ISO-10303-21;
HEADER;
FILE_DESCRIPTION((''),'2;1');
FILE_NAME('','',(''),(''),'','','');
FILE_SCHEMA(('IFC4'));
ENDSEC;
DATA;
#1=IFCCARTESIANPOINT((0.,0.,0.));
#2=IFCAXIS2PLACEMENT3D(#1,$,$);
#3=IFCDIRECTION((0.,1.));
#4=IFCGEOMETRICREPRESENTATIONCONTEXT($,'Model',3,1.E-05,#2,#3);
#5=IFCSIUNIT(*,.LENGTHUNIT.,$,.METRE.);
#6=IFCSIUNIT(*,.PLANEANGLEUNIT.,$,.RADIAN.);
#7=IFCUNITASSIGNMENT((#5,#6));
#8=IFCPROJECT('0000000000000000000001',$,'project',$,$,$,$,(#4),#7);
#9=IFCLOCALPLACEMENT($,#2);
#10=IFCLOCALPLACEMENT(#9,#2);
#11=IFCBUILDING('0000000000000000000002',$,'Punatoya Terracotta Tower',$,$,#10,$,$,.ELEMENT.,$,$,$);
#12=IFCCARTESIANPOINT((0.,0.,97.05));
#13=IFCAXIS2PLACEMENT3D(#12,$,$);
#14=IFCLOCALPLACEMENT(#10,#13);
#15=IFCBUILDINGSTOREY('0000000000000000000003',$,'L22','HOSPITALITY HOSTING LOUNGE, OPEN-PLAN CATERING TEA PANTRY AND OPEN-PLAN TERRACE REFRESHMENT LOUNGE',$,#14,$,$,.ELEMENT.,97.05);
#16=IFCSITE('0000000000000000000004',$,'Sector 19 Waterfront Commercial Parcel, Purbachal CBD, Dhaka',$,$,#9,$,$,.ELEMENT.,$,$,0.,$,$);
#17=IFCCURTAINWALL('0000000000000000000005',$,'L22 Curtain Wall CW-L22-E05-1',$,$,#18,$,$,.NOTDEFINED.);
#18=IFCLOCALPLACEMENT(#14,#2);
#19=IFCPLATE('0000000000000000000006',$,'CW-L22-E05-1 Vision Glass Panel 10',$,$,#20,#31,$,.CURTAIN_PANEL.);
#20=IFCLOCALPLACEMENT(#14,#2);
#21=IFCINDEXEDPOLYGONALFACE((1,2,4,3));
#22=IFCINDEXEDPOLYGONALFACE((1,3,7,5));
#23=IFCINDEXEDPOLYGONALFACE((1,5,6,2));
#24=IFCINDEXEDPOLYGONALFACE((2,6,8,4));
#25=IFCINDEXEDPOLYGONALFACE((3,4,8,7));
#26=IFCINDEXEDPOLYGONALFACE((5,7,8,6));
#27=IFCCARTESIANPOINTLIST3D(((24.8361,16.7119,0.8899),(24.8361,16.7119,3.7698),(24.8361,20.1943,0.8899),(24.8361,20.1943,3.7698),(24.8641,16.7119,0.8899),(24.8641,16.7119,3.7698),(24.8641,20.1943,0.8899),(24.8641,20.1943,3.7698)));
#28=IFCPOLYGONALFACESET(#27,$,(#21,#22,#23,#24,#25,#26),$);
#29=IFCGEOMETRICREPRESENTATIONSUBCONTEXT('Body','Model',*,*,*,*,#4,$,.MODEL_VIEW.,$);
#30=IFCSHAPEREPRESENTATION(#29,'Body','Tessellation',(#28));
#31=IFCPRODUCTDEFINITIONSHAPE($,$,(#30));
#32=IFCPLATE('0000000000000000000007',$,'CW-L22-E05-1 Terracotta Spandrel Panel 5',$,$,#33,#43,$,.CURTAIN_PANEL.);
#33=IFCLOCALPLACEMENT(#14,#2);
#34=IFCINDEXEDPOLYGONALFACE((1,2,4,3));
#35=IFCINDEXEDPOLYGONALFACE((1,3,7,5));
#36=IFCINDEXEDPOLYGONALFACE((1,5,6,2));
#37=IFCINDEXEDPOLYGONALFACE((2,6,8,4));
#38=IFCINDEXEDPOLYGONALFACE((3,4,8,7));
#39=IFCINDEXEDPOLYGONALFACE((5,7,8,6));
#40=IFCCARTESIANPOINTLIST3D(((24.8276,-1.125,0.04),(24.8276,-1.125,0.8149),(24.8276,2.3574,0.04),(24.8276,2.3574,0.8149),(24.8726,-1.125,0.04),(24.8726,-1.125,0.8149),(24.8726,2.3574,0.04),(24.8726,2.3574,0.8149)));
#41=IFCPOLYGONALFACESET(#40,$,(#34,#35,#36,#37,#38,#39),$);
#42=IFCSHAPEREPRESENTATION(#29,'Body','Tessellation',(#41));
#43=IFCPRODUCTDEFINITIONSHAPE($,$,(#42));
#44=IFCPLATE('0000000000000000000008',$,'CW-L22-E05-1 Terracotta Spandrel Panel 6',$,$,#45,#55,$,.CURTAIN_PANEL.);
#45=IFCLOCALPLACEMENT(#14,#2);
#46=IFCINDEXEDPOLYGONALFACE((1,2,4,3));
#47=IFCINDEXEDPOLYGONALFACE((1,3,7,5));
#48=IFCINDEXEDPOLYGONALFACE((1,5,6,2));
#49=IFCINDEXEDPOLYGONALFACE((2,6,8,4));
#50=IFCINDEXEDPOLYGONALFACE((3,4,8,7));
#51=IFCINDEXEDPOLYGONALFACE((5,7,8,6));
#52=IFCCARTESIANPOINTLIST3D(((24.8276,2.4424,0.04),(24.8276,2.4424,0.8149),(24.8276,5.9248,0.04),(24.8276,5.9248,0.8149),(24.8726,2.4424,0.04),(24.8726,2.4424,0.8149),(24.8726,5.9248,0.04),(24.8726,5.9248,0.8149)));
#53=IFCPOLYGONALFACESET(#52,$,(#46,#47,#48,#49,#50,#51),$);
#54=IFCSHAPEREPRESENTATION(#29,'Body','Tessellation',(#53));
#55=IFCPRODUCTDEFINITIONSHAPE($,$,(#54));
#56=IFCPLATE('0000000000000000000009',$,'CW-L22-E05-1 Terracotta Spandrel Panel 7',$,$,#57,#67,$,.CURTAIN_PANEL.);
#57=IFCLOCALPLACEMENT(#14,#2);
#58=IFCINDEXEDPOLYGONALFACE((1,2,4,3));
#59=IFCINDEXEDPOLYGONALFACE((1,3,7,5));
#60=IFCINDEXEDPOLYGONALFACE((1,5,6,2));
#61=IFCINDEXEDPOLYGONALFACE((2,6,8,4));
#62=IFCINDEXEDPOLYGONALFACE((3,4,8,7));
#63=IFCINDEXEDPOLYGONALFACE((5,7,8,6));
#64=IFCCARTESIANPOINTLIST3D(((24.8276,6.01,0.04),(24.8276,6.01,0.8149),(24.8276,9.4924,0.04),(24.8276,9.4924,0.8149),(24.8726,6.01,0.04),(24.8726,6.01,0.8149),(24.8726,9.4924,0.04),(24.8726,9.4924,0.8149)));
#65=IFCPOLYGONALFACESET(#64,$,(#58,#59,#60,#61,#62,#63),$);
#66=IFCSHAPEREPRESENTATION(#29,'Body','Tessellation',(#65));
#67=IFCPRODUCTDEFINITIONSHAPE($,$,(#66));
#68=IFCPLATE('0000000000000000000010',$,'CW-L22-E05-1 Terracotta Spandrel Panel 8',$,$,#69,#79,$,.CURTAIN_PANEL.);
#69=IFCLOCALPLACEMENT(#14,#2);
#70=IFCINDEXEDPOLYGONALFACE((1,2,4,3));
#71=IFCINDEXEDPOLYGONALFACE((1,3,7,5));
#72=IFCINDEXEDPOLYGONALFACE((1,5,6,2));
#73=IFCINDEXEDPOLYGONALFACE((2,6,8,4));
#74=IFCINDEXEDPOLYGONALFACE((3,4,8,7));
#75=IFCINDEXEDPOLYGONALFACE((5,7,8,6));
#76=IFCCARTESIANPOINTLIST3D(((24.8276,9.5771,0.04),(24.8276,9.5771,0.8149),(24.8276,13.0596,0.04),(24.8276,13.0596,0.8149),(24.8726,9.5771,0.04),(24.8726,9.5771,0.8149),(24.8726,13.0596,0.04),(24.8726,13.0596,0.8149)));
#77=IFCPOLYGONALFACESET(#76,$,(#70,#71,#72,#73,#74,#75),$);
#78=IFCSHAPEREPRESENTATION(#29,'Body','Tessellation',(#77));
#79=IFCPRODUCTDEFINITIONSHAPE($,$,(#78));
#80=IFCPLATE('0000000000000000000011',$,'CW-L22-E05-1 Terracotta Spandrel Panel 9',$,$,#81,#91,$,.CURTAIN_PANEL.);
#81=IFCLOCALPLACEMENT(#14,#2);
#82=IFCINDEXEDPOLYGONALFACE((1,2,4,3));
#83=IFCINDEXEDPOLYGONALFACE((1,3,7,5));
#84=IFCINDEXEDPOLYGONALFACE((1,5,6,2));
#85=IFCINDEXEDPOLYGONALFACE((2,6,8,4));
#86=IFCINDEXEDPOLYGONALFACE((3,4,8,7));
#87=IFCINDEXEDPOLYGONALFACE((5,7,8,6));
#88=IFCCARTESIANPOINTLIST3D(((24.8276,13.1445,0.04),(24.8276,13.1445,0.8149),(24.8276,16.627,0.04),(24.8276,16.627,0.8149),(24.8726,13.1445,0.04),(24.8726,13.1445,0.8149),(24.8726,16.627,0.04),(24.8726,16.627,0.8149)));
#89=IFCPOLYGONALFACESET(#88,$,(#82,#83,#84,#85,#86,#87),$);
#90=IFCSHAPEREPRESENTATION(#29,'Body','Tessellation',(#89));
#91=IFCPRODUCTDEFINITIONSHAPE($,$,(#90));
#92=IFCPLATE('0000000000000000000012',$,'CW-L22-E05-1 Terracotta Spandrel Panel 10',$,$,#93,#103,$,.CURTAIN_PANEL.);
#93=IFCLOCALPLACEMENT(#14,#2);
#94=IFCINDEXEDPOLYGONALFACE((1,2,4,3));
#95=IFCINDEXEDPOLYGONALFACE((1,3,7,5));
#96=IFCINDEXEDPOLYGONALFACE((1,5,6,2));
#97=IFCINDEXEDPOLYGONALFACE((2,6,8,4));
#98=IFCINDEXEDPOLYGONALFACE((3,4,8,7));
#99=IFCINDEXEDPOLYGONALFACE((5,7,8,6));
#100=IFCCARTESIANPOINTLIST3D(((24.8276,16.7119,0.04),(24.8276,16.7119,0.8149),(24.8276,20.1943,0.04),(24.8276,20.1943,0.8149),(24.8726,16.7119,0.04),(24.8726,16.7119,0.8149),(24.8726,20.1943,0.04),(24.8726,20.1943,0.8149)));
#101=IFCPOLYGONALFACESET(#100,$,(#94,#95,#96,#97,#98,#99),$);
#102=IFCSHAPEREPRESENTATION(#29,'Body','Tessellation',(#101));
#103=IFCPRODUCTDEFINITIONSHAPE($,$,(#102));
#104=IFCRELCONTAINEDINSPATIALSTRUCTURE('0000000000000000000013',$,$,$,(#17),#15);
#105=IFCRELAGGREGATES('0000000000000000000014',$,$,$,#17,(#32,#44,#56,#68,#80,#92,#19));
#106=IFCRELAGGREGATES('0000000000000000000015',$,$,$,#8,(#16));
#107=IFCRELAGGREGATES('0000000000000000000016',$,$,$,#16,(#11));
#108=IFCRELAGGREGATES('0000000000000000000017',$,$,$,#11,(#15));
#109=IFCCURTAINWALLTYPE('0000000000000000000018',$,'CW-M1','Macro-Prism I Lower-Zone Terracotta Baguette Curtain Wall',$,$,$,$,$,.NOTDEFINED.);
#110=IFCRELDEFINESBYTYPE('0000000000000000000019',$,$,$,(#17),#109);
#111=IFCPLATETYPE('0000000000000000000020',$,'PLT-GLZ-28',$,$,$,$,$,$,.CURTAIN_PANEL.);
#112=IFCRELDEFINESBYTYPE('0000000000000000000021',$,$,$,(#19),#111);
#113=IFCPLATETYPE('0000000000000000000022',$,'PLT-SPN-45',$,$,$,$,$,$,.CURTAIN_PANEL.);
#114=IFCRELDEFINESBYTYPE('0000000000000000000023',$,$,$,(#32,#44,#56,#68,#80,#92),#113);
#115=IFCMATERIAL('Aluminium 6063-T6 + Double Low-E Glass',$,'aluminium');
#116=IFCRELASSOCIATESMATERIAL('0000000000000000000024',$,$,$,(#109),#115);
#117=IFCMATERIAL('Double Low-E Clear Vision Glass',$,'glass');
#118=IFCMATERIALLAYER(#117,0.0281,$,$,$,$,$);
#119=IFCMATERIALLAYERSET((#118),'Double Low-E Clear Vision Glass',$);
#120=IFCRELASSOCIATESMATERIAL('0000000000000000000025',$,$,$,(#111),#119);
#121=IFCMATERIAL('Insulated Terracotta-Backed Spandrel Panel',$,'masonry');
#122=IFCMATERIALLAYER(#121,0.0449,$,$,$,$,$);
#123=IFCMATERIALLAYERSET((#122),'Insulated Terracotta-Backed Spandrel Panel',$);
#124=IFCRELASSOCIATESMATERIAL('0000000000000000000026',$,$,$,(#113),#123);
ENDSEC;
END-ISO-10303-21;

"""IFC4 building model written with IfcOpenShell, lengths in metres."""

from ifc_helpers import new_model, si_unit, direction, frame, origin, origin_2d, place, context, subcontext, project, spatial, rectangle, extrude, material, layer, layer_set, type_object, element, aggregate, save


model = new_model("IFC4")

# Units and contexts
model_context = context("Model", 3, precision=1e-05, world=origin(), true_north=direction((0.0, 1.0)))
body_context = subcontext(model_context, "Body", "Model", "MODEL_VIEW")
ifc_project = project(units=[si_unit("LENGTHUNIT", "METRE"), si_unit("PLANEANGLEUNIT", "RADIAN")], contexts=[model_context])

# Site, building, storey
site_placement = place(None, origin())
site = spatial("IfcSite", under=ifc_project, at=site_placement, Name="Sector 19 Waterfront Commercial Parcel, Purbachal CBD, Dhaka", CompositionType="ELEMENT", RefElevation=0.0)
building_placement = place(site_placement, origin())
building = spatial("IfcBuilding", under=site, at=building_placement, Name="Punatoya Terracotta Tower", CompositionType="ELEMENT")
storey_placement = place(building_placement, frame((0.0, 0.0, 97.05)))
storey = spatial("IfcBuildingStorey", under=building, at=storey_placement, Name="L22", Description="HOSPITALITY HOSTING LOUNGE, OPEN-PLAN CATERING TEA PANTRY AND OPEN-PLAN TERRACE REFRESHMENT LOUNGE", CompositionType="ELEMENT", Elevation=97.05)

# Curtain wall
ifc_material_1 = material(Name="Aluminium 6063-T6 + Double Low-E Glass", Category="aluminium")
curtain_wall_type = type_object("IfcCurtainWallType", Name="CW-M1", Description="Macro-Prism I Lower-Zone Terracotta Baguette Curtain Wall", PredefinedType="NOTDEFINED", material=ifc_material_1)
curtain_wall_1_placement = place(storey_placement, origin())
curtain_wall_1 = element("IfcCurtainWall", 1, at=curtain_wall_1_placement, inside=storey, type_object=curtain_wall_type, Name="L22 Curtain Wall CW-L22-E05-1", PredefinedType="NOTDEFINED")

# Plates
ifc_material_2 = material(Name="Double Low-E Clear Vision Glass", Category="glass")
ifc_layer_1 = layer(ifc_material_2, 0.0281)
ifc_layer_set_1 = layer_set([ifc_layer_1], Name="Double Low-E Clear Vision Glass")
plate_type_1 = type_object("IfcPlateType", Name="PLT-GLZ-28", PredefinedType="CURTAIN_PANEL", material=ifc_layer_set_1)
plate_1_placement = place(storey_placement, frame((24.8501, 18.4531, 0.8899), z_axis=(0.0, 0.0, 1.0), x_axis=(0.0, 1.0, 0.0)))
plate_1 = element("IfcPlate", 2, at=plate_1_placement, type_object=plate_type_1, Name="CW-L22-E05-1 Vision Glass Panel 10", PredefinedType="CURTAIN_PANEL", context=body_context, shape_type="SweptSolid", body=[
    extrude(rectangle(XDim=3.4824, YDim=0.0281, at=origin_2d()), origin(), (0.0, 0.0, 1.0), 2.8799),
])
ifc_material_3 = material(Name="Insulated Terracotta-Backed Spandrel Panel", Category="masonry")
ifc_layer_2 = layer(ifc_material_3, 0.0449)
ifc_layer_set_2 = layer_set([ifc_layer_2], Name="Insulated Terracotta-Backed Spandrel Panel")
plate_type_2 = type_object("IfcPlateType", Name="PLT-SPN-45", PredefinedType="CURTAIN_PANEL", material=ifc_layer_set_2)
plate_2_placement = place(storey_placement, frame((24.8501, 0.6162, 0.04), z_axis=(0.0, 0.0, 1.0), x_axis=(0.0, 1.0, 0.0)))
plate_2 = element("IfcPlate", 3, at=plate_2_placement, type_object=plate_type_2, Name="CW-L22-E05-1 Terracotta Spandrel Panel 5", PredefinedType="CURTAIN_PANEL", context=body_context, shape_type="SweptSolid", body=[
    extrude(rectangle(XDim=3.4824, YDim=0.0449, at=origin_2d()), origin(), (0.0, 0.0, 1.0), 0.7749),
])
plate_3_placement = place(storey_placement, frame((24.8501, 4.1836, 0.04), z_axis=(0.0, 0.0, 1.0), x_axis=(0.0, 1.0, 0.0)))
plate_3 = element("IfcPlate", 4, at=plate_3_placement, type_object=plate_type_2, Name="CW-L22-E05-1 Terracotta Spandrel Panel 6", PredefinedType="CURTAIN_PANEL", context=body_context, shape_type="SweptSolid", body=[
    extrude(rectangle(XDim=3.4824, YDim=0.0449, at=origin_2d()), origin(), (0.0, 0.0, 1.0), 0.7749),
])
plate_4_placement = place(storey_placement, frame((24.8501, 7.7512, 0.04), z_axis=(0.0, 0.0, 1.0), x_axis=(0.0, 1.0, 0.0)))
plate_4 = element("IfcPlate", 5, at=plate_4_placement, type_object=plate_type_2, Name="CW-L22-E05-1 Terracotta Spandrel Panel 7", PredefinedType="CURTAIN_PANEL", context=body_context, shape_type="SweptSolid", body=[
    extrude(rectangle(XDim=3.4824, YDim=0.0449, at=origin_2d()), origin(), (0.0, 0.0, 1.0), 0.7749),
])
plate_5_placement = place(storey_placement, frame((24.8501, 11.3184, 0.04), z_axis=(0.0, 0.0, 1.0), x_axis=(0.0, 1.0, 0.0)))
plate_5 = element("IfcPlate", 6, at=plate_5_placement, type_object=plate_type_2, Name="CW-L22-E05-1 Terracotta Spandrel Panel 8", PredefinedType="CURTAIN_PANEL", context=body_context, shape_type="SweptSolid", body=[
    extrude(rectangle(XDim=3.4824, YDim=0.0449, at=origin_2d()), origin(), (0.0, 0.0, 1.0), 0.7749),
])
plate_6_placement = place(storey_placement, frame((24.8501, 14.8857, 0.04), z_axis=(0.0, 0.0, 1.0), x_axis=(0.0, 1.0, 0.0)))
plate_6 = element("IfcPlate", 7, at=plate_6_placement, type_object=plate_type_2, Name="CW-L22-E05-1 Terracotta Spandrel Panel 9", PredefinedType="CURTAIN_PANEL", context=body_context, shape_type="SweptSolid", body=[
    extrude(rectangle(XDim=3.4824, YDim=0.0449, at=origin_2d()), origin(), (0.0, 0.0, 1.0), 0.7749),
])
plate_7_placement = place(storey_placement, frame((24.8501, 18.4531, 0.04), z_axis=(0.0, 0.0, 1.0), x_axis=(0.0, 1.0, 0.0)))
plate_7 = element("IfcPlate", 8, at=plate_7_placement, type_object=plate_type_2, Name="CW-L22-E05-1 Terracotta Spandrel Panel 10", PredefinedType="CURTAIN_PANEL", context=body_context, shape_type="SweptSolid", body=[
    extrude(rectangle(XDim=3.4824, YDim=0.0449, at=origin_2d()), origin(), (0.0, 0.0, 1.0), 0.7749),
])
aggregate(curtain_wall_1, [plate_2, plate_3, plate_4, plate_5, plate_6, plate_7, plate_1])

save(model, "model.ifc")
